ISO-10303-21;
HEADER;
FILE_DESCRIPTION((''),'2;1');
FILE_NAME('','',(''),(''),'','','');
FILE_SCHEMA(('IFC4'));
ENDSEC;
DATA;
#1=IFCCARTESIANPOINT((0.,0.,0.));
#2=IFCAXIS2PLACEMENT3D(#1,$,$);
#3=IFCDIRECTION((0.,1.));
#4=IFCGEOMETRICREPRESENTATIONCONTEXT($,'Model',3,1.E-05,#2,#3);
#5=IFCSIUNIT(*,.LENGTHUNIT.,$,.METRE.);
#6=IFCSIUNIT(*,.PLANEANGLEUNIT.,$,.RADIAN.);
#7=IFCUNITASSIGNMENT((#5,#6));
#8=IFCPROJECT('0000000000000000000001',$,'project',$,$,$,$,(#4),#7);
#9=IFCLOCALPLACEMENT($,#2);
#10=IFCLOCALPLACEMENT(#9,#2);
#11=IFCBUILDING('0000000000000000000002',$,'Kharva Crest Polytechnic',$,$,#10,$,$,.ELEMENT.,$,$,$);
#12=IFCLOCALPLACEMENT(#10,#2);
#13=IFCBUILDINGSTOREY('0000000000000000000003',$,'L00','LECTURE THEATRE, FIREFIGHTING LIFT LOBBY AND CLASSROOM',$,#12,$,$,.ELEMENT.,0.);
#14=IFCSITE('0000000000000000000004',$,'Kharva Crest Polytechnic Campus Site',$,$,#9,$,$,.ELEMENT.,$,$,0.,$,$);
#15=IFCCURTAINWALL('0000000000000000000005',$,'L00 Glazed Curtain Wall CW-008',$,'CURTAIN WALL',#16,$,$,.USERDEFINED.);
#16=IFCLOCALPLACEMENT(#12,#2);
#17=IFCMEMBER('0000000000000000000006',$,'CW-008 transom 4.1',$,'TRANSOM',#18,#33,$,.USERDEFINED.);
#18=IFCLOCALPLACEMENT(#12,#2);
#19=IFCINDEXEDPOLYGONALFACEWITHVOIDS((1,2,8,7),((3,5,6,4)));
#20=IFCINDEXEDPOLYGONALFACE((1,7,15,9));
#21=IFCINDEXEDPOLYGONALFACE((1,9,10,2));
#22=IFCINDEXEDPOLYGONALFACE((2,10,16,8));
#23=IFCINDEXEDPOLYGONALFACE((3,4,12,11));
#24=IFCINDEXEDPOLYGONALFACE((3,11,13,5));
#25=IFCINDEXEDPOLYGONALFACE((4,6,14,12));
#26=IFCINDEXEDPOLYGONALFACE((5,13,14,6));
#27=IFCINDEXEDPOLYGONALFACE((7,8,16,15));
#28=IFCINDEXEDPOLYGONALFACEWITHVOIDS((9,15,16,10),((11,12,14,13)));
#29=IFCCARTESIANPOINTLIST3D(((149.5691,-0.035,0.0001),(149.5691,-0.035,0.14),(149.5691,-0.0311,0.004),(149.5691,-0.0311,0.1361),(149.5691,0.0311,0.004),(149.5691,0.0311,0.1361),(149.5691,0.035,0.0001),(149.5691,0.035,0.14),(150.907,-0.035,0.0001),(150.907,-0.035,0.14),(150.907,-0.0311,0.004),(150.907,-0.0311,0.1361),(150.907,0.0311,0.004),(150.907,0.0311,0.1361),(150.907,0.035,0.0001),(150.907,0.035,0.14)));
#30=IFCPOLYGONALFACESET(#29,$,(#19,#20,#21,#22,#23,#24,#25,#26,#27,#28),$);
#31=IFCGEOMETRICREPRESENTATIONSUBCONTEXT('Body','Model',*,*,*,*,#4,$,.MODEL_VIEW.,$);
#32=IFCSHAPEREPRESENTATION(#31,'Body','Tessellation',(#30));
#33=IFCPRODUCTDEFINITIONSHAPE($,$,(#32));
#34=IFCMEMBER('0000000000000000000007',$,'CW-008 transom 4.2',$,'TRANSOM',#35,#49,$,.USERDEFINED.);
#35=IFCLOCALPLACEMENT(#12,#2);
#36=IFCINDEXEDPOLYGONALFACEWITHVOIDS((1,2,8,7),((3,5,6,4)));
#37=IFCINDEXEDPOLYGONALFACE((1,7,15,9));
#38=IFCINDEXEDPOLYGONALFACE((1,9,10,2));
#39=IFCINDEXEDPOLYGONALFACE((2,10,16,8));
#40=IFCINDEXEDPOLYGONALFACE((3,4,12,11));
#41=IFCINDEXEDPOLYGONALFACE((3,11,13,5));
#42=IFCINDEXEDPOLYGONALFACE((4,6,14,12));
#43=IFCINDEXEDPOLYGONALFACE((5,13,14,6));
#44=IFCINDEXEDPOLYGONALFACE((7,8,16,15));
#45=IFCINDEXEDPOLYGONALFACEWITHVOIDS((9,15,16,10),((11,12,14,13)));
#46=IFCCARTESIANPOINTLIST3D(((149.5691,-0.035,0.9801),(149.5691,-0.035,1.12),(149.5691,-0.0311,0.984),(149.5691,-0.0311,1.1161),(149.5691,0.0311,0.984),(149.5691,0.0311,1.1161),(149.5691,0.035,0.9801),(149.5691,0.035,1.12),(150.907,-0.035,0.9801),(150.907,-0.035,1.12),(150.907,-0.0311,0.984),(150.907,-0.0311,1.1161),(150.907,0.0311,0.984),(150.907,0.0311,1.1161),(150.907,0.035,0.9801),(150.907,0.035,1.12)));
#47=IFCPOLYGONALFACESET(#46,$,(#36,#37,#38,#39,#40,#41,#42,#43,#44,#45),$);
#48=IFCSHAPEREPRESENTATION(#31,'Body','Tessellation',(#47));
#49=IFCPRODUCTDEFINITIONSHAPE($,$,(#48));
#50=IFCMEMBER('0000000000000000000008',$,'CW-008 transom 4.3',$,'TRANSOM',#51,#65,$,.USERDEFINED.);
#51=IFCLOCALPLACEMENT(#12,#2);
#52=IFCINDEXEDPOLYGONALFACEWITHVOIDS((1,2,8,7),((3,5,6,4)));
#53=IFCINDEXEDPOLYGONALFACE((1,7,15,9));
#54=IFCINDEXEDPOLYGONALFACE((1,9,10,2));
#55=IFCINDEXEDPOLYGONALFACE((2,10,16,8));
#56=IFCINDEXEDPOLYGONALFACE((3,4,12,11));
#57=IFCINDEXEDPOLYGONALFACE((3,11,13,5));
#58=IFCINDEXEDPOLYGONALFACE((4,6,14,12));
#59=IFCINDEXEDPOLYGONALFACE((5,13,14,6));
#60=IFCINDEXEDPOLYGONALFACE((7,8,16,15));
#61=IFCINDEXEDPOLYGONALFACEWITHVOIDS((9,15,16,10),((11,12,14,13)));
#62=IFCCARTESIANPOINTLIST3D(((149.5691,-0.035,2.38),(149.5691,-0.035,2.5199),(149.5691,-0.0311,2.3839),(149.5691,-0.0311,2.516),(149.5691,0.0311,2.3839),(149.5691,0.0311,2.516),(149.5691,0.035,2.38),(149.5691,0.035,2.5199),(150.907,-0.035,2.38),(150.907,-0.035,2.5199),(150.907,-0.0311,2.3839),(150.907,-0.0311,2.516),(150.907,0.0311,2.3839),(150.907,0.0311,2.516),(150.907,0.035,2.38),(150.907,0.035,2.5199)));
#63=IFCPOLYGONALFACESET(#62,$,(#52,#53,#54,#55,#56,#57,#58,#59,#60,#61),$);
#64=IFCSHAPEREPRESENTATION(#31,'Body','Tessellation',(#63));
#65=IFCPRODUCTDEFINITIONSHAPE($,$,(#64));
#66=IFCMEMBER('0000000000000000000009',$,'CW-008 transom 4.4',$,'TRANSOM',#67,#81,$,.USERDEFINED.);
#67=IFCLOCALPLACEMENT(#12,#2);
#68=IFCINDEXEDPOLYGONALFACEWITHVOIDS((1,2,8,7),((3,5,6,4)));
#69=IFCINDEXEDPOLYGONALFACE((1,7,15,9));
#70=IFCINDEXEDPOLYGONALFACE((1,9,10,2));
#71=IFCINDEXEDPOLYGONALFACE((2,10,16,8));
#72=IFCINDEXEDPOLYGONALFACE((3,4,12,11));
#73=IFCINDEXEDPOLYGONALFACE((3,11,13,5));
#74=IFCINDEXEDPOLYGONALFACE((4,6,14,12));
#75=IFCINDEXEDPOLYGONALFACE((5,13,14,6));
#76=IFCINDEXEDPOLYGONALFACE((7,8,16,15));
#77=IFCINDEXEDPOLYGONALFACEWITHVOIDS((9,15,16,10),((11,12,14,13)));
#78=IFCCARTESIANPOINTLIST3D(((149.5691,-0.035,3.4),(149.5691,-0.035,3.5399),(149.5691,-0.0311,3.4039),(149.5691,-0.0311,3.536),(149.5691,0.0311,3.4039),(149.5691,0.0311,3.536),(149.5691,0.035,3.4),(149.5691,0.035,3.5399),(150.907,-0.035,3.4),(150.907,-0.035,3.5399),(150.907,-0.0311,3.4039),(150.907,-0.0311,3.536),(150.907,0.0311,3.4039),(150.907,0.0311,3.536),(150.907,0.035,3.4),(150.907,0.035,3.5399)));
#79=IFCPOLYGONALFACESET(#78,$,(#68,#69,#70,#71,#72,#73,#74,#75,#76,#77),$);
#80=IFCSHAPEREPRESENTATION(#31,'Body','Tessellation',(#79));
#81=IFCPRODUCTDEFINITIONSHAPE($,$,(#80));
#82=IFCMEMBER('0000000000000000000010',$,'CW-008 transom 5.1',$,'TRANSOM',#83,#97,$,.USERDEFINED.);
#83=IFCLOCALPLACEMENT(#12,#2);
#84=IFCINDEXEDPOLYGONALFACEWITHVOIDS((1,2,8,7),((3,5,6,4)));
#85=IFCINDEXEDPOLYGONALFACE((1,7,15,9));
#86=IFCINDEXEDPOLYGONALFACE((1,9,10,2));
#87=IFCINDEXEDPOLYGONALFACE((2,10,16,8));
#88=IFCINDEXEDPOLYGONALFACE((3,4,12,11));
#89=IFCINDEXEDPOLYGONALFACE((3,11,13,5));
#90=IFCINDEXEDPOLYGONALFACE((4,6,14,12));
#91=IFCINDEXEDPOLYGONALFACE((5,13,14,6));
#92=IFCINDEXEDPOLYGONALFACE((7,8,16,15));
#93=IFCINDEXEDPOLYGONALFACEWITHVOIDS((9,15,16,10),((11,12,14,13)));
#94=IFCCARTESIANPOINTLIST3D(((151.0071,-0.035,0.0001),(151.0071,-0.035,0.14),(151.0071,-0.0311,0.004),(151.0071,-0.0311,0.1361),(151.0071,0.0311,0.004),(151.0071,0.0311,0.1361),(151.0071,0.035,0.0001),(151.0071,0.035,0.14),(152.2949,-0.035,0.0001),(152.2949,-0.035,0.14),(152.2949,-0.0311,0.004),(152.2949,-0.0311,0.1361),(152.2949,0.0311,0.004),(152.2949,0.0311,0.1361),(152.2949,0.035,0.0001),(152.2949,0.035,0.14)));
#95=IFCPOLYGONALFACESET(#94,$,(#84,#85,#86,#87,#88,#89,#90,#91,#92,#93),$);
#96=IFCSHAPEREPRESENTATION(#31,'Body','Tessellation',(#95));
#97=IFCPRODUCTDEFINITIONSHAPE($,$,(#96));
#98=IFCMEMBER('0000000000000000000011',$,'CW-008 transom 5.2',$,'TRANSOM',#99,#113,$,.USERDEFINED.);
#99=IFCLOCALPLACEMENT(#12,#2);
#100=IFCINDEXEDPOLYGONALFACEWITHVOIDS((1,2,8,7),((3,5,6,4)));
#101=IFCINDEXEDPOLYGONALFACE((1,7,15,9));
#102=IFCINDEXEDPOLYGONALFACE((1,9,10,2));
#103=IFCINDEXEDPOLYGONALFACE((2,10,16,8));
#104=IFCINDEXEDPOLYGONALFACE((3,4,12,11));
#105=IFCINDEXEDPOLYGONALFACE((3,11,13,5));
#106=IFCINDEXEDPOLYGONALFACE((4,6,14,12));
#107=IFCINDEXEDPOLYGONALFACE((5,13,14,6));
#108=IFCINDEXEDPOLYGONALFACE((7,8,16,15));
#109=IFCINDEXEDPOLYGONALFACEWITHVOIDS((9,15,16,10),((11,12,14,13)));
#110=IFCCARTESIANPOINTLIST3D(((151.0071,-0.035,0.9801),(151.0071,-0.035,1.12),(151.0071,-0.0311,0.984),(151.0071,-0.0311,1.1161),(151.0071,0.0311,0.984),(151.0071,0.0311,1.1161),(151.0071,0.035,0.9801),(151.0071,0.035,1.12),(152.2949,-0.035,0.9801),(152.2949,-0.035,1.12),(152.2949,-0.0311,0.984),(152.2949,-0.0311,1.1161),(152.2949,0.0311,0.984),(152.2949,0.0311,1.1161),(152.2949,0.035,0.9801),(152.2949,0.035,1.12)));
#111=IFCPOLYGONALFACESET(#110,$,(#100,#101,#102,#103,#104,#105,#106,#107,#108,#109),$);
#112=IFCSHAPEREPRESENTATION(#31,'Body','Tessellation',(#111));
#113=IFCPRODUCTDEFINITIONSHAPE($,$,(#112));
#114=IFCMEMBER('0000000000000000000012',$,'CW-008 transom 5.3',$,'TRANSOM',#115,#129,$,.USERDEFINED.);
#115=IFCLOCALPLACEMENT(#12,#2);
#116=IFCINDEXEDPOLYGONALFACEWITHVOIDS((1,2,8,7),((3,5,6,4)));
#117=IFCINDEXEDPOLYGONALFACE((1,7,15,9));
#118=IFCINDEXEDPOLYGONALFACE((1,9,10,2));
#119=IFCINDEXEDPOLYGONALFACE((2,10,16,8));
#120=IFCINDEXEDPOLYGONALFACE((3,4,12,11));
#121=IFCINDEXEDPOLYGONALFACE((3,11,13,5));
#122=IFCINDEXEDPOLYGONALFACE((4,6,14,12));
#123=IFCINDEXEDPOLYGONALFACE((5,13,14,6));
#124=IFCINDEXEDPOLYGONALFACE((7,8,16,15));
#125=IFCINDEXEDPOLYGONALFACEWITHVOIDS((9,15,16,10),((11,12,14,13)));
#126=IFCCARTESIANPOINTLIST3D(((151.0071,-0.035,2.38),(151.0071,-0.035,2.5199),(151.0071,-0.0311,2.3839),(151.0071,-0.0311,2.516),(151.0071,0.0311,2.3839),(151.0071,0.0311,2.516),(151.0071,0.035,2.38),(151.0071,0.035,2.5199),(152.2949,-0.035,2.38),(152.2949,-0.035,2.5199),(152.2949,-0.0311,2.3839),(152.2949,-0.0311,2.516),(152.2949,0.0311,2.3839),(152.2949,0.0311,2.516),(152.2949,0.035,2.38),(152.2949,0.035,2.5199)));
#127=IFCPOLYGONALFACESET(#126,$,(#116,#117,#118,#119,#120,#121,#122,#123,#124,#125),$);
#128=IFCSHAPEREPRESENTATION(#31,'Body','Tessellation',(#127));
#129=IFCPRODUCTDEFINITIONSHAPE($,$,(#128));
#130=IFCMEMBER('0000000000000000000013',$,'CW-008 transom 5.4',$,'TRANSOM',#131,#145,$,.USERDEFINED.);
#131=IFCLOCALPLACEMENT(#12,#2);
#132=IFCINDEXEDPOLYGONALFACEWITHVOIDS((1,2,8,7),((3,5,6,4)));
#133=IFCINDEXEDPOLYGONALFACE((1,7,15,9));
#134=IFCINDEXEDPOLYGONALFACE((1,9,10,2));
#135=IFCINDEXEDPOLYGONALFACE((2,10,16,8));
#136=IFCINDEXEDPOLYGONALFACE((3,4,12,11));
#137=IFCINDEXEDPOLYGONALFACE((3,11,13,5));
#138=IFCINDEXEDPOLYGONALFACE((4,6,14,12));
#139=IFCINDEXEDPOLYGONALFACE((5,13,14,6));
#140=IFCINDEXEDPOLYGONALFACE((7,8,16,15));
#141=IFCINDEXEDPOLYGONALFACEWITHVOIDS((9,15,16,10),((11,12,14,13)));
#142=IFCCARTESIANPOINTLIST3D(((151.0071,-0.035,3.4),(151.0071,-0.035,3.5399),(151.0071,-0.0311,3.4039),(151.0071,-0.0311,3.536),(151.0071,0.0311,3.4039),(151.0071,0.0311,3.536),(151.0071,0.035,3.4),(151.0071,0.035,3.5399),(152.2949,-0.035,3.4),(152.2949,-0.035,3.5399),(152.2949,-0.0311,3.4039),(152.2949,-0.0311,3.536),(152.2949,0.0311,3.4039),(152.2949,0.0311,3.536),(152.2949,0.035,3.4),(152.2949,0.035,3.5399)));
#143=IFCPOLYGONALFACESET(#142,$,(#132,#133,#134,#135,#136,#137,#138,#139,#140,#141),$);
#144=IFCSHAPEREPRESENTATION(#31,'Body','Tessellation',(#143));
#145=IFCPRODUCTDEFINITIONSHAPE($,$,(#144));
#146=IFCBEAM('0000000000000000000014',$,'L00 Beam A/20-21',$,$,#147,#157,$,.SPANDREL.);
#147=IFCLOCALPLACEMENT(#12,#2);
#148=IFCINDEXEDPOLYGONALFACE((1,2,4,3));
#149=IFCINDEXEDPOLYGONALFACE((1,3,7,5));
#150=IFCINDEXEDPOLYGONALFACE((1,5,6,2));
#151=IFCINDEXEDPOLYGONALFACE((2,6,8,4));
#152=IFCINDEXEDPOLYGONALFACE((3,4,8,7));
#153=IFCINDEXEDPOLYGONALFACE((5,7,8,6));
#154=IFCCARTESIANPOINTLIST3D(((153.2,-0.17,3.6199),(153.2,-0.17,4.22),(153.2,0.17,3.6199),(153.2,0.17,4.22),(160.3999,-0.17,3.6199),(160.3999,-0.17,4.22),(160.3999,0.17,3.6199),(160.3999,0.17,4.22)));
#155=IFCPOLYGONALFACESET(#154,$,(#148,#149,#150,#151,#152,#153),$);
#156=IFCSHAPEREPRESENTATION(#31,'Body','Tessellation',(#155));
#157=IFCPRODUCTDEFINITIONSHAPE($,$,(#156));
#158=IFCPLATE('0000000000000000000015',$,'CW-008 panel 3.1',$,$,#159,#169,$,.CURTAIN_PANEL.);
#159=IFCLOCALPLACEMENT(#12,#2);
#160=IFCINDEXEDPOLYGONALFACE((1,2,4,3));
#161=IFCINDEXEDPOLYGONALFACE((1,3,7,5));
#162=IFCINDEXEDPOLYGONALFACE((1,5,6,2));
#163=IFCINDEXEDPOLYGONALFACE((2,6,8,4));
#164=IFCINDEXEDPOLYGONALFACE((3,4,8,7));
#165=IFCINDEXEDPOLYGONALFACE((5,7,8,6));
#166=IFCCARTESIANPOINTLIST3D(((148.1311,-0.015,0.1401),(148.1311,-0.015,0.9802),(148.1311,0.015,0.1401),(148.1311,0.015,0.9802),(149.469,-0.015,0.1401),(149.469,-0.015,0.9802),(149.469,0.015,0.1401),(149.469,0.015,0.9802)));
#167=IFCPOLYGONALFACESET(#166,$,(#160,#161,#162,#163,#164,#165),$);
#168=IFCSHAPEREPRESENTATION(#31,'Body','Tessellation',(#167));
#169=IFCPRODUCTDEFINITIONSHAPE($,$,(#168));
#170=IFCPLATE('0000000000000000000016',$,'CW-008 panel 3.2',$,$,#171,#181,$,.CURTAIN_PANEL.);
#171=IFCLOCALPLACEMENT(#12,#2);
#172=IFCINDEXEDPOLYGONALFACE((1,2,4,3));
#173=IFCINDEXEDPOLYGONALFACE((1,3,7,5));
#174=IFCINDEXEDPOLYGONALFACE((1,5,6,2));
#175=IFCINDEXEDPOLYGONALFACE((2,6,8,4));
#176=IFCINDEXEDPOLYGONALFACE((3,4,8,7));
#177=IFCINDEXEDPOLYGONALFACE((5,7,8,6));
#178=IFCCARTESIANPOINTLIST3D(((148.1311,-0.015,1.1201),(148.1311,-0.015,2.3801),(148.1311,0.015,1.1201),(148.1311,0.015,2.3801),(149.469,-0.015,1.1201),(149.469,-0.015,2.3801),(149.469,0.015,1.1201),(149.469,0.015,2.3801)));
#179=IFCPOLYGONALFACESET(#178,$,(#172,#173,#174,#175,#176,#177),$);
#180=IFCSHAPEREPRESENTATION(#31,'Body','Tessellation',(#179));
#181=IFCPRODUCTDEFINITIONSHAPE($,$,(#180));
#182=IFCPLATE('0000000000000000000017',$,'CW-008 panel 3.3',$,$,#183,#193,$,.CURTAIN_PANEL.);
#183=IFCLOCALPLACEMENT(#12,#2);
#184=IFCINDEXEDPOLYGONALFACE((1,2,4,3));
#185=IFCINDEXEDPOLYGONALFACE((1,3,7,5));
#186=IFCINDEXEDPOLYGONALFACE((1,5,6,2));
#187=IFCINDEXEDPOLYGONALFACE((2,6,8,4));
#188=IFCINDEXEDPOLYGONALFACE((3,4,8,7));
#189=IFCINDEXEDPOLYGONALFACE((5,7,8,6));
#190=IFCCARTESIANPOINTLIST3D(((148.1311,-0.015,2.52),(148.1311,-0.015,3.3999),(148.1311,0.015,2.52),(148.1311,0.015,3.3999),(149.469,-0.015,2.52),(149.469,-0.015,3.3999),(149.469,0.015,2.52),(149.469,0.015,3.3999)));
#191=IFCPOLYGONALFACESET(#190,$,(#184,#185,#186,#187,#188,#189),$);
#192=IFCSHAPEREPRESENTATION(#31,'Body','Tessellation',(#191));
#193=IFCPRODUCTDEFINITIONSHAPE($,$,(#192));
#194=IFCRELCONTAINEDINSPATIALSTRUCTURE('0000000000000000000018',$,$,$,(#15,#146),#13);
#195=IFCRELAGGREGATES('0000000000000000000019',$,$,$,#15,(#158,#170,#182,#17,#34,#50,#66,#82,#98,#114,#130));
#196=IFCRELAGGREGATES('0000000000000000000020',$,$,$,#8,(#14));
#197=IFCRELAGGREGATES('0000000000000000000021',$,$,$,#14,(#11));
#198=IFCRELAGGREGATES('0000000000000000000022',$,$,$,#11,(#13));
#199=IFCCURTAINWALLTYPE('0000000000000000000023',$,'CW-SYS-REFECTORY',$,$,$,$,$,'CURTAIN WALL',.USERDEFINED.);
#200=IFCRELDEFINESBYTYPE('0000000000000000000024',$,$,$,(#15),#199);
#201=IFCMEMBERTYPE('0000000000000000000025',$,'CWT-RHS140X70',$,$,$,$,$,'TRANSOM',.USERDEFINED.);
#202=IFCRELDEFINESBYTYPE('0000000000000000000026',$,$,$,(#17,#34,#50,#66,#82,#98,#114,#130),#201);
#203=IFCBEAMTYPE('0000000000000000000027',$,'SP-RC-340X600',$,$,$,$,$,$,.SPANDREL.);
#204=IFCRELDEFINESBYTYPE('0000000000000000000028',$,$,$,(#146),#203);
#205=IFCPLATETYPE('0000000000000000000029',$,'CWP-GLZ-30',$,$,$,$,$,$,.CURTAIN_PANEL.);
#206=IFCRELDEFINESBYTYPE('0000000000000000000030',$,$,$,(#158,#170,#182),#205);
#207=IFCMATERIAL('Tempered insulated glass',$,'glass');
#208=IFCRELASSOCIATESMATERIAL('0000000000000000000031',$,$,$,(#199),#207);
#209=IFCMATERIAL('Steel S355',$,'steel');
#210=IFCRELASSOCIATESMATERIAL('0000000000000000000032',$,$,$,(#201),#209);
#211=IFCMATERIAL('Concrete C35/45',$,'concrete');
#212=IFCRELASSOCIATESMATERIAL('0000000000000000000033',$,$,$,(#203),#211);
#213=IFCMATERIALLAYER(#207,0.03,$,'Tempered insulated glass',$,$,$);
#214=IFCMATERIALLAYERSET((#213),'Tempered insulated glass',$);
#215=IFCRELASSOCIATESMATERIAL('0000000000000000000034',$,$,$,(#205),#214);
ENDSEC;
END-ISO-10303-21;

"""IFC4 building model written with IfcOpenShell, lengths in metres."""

from ifc_helpers import new_model, si_unit, direction, frame, origin, origin_2d, place, context, subcontext, project, spatial, rectangle, hollow_rectangle, extrude, material, layer, layer_set, material_profile, profile_set, type_object, element, aggregate, save


model = new_model("IFC4")

# Units and contexts
model_context = context("Model", 3, precision=1e-05, world=origin(), true_north=direction((0.0, 1.0)))
body_context = subcontext(model_context, "Body", "Model", "MODEL_VIEW")
ifc_project = project(units=[si_unit("LENGTHUNIT", "METRE"), si_unit("PLANEANGLEUNIT", "RADIAN")], contexts=[model_context])

# Site, building, storey
site_placement = place(None, origin())
site = spatial("IfcSite", under=ifc_project, at=site_placement, Name="Kharva Crest Polytechnic Campus Site", CompositionType="ELEMENT", RefElevation=0.0)
building_placement = place(site_placement, origin())
building = spatial("IfcBuilding", under=site, at=building_placement, Name="Kharva Crest Polytechnic", CompositionType="ELEMENT")
storey_placement = place(building_placement, origin())
storey = spatial("IfcBuildingStorey", under=building, at=storey_placement, Name="L00", Description="LECTURE THEATRE, FIREFIGHTING LIFT LOBBY AND CLASSROOM", CompositionType="ELEMENT", Elevation=0.0)

# Shared definitions
ifc_material_1 = material(Name="Concrete C35/45", Category="concrete")

# Curtain wall, members
ifc_material_2 = material(Name="Tempered insulated glass", Category="glass")
curtain_wall_type = type_object("IfcCurtainWallType", Name="CW-SYS-REFECTORY", ElementType="CURTAIN WALL", PredefinedType="USERDEFINED", material=ifc_material_2)
curtain_wall_placement = place(storey_placement, origin())
curtain_wall = element("IfcCurtainWall", 1, at=curtain_wall_placement, inside=storey, type_object=curtain_wall_type, Name="L00 Glazed Curtain Wall CW-008", ObjectType="CURTAIN WALL", PredefinedType="USERDEFINED")
ifc_material_3 = material(Name="Steel S355", Category="steel")
ifc_material_profile_1 = material_profile(ifc_material_3, hollow_rectangle(XDim=0.0701, YDim=0.1399, WallThickness=0.0039, at=origin_2d()), Name="RHS 140X70X4.0")
ifc_profile_set_1 = profile_set([ifc_material_profile_1], Name="Steel S355")
member_type_1 = type_object("IfcMemberType", Name="CWT-RHS140X70", ElementType="TRANSOM", PredefinedType="USERDEFINED", material=ifc_profile_set_1)
member_1_placement = place(storey_placement, frame((149.5691, 0.0, 0.0701), z_axis=(1.0, 0.0, 0.0), x_axis=(0.0, 1.0, 0.0)))
member_1 = element("IfcMember", 2, at=member_1_placement, type_object=member_type_1, Name="CW-008 transom 4.1", ObjectType="TRANSOM", PredefinedType="USERDEFINED", context=body_context, shape_type="SweptSolid", body=[
    extrude(hollow_rectangle(XDim=0.0701, YDim=0.1399, WallThickness=0.0039, at=origin_2d()), origin(), (0.0, 0.0, 1.0), 1.3379),
])
member_2_placement = place(storey_placement, frame((149.5691, 0.0, 1.05), z_axis=(1.0, 0.0, 0.0), x_axis=(0.0, 1.0, 0.0)))
member_2 = element("IfcMember", 3, at=member_2_placement, type_object=member_type_1, Name="CW-008 transom 4.2", ObjectType="TRANSOM", PredefinedType="USERDEFINED", context=body_context, shape_type="SweptSolid", body=[
    extrude(hollow_rectangle(XDim=0.0701, YDim=0.1399, WallThickness=0.0039, at=origin_2d()), origin(), (0.0, 0.0, 1.0), 1.3379),
])
member_3_placement = place(storey_placement, frame((149.5691, 0.0, 2.45), z_axis=(1.0, 0.0, 0.0), x_axis=(0.0, 1.0, 0.0)))
member_3 = element("IfcMember", 4, at=member_3_placement, type_object=member_type_1, Name="CW-008 transom 4.3", ObjectType="TRANSOM", PredefinedType="USERDEFINED", context=body_context, shape_type="SweptSolid", body=[
    extrude(hollow_rectangle(XDim=0.0701, YDim=0.1399, WallThickness=0.0039, at=origin_2d()), origin(), (0.0, 0.0, 1.0), 1.3379),
])
member_4_placement = place(storey_placement, frame((149.5691, 0.0, 3.47), z_axis=(1.0, 0.0, 0.0), x_axis=(0.0, 1.0, 0.0)))
member_4 = element("IfcMember", 5, at=member_4_placement, type_object=member_type_1, Name="CW-008 transom 4.4", ObjectType="TRANSOM", PredefinedType="USERDEFINED", context=body_context, shape_type="SweptSolid", body=[
    extrude(hollow_rectangle(XDim=0.0701, YDim=0.1399, WallThickness=0.0039, at=origin_2d()), origin(), (0.0, 0.0, 1.0), 1.3379),
])
member_5_placement = place(storey_placement, frame((151.0071, 0.0, 0.0701), z_axis=(1.0, 0.0, 0.0), x_axis=(0.0, 1.0, 0.0)))
member_5 = element("IfcMember", 6, at=member_5_placement, type_object=member_type_1, Name="CW-008 transom 5.1", ObjectType="TRANSOM", PredefinedType="USERDEFINED", context=body_context, shape_type="SweptSolid", body=[
    extrude(hollow_rectangle(XDim=0.0701, YDim=0.1399, WallThickness=0.0039, at=origin_2d()), origin(), (0.0, 0.0, 1.0), 1.2878),
])
member_6_placement = place(storey_placement, frame((151.0071, 0.0, 1.05), z_axis=(1.0, 0.0, 0.0), x_axis=(0.0, 1.0, 0.0)))
member_6 = element("IfcMember", 7, at=member_6_placement, type_object=member_type_1, Name="CW-008 transom 5.2", ObjectType="TRANSOM", PredefinedType="USERDEFINED", context=body_context, shape_type="SweptSolid", body=[
    extrude(hollow_rectangle(XDim=0.0701, YDim=0.1399, WallThickness=0.0039, at=origin_2d()), origin(), (0.0, 0.0, 1.0), 1.2878),
])
member_7_placement = place(storey_placement, frame((151.0071, 0.0, 2.45), z_axis=(1.0, 0.0, 0.0), x_axis=(0.0, 1.0, 0.0)))
member_7 = element("IfcMember", 8, at=member_7_placement, type_object=member_type_1, Name="CW-008 transom 5.3", ObjectType="TRANSOM", PredefinedType="USERDEFINED", context=body_context, shape_type="SweptSolid", body=[
    extrude(hollow_rectangle(XDim=0.0701, YDim=0.1399, WallThickness=0.0039, at=origin_2d()), origin(), (0.0, 0.0, 1.0), 1.2878),
])
member_8_placement = place(storey_placement, frame((151.0071, 0.0, 3.47), z_axis=(1.0, 0.0, 0.0), x_axis=(0.0, 1.0, 0.0)))
member_8 = element("IfcMember", 9, at=member_8_placement, type_object=member_type_1, Name="CW-008 transom 5.4", ObjectType="TRANSOM", PredefinedType="USERDEFINED", context=body_context, shape_type="SweptSolid", body=[
    extrude(hollow_rectangle(XDim=0.0701, YDim=0.1399, WallThickness=0.0039, at=origin_2d()), origin(), (0.0, 0.0, 1.0), 1.2878),
])

# Beam
ifc_material_profile_2 = material_profile(ifc_material_1, rectangle(XDim=0.3401, YDim=0.6001, at=origin_2d()), Name="RECT 340 X 600")
ifc_profile_set_2 = profile_set([ifc_material_profile_2], Name="Concrete C35/45")
beam_type_1 = type_object("IfcBeamType", Name="SP-RC-340X600", PredefinedType="SPANDREL", material=ifc_profile_set_2)
beam_1_placement = place(storey_placement, frame((153.2, 0.0, 3.9199), z_axis=(1.0, 0.0, 0.0), x_axis=(0.0, 1.0, 0.0)))
element("IfcBeam", 10, at=beam_1_placement, inside=storey, type_object=beam_type_1, Name="L00 Beam A/20-21", PredefinedType="SPANDREL", context=body_context, shape_type="SweptSolid", body=[
    extrude(rectangle(XDim=0.3401, YDim=0.6001, at=origin_2d()), origin(), (0.0, 0.0, 1.0), 7.2),
])

# Plates
ifc_layer_1 = layer(ifc_material_2, 0.03, Name="Tempered insulated glass")
ifc_layer_set_1 = layer_set([ifc_layer_1], Name="Tempered insulated glass")
plate_type = type_object("IfcPlateType", Name="CWP-GLZ-30", PredefinedType="CURTAIN_PANEL", material=ifc_layer_set_1)
plate_1_placement = place(storey_placement, frame((148.8, 0.0, 0.1401), z_axis=(0.0, 0.0, 1.0), x_axis=(1.0, 0.0, 0.0)))
plate_1 = element("IfcPlate", 11, at=plate_1_placement, type_object=plate_type, Name="CW-008 panel 3.1", PredefinedType="CURTAIN_PANEL", context=body_context, shape_type="SweptSolid", body=[
    extrude(rectangle(XDim=1.3379, YDim=0.03, at=origin_2d()), origin(), (0.0, 0.0, 1.0), 0.8401),
])
plate_2_placement = place(storey_placement, frame((148.8, 0.0, 1.1201), z_axis=(0.0, 0.0, 1.0), x_axis=(1.0, 0.0, 0.0)))
plate_2 = element("IfcPlate", 12, at=plate_2_placement, type_object=plate_type, Name="CW-008 panel 3.2", PredefinedType="CURTAIN_PANEL", context=body_context, shape_type="SweptSolid", body=[
    extrude(rectangle(XDim=1.3379, YDim=0.03, at=origin_2d()), origin(), (0.0, 0.0, 1.0), 1.26),
])
plate_3_placement = place(storey_placement, frame((148.8, 0.0, 2.52), z_axis=(0.0, 0.0, 1.0), x_axis=(1.0, 0.0, 0.0)))
plate_3 = element("IfcPlate", 13, at=plate_3_placement, type_object=plate_type, Name="CW-008 panel 3.3", PredefinedType="CURTAIN_PANEL", context=body_context, shape_type="SweptSolid", body=[
    extrude(rectangle(XDim=1.3379, YDim=0.03, at=origin_2d()), origin(), (0.0, 0.0, 1.0), 0.8799),
])
aggregate(curtain_wall, [plate_1, plate_2, plate_3, member_1, member_2, member_3, member_4, member_5, member_6, member_7, member_8])

save(model, "model.ifc")
